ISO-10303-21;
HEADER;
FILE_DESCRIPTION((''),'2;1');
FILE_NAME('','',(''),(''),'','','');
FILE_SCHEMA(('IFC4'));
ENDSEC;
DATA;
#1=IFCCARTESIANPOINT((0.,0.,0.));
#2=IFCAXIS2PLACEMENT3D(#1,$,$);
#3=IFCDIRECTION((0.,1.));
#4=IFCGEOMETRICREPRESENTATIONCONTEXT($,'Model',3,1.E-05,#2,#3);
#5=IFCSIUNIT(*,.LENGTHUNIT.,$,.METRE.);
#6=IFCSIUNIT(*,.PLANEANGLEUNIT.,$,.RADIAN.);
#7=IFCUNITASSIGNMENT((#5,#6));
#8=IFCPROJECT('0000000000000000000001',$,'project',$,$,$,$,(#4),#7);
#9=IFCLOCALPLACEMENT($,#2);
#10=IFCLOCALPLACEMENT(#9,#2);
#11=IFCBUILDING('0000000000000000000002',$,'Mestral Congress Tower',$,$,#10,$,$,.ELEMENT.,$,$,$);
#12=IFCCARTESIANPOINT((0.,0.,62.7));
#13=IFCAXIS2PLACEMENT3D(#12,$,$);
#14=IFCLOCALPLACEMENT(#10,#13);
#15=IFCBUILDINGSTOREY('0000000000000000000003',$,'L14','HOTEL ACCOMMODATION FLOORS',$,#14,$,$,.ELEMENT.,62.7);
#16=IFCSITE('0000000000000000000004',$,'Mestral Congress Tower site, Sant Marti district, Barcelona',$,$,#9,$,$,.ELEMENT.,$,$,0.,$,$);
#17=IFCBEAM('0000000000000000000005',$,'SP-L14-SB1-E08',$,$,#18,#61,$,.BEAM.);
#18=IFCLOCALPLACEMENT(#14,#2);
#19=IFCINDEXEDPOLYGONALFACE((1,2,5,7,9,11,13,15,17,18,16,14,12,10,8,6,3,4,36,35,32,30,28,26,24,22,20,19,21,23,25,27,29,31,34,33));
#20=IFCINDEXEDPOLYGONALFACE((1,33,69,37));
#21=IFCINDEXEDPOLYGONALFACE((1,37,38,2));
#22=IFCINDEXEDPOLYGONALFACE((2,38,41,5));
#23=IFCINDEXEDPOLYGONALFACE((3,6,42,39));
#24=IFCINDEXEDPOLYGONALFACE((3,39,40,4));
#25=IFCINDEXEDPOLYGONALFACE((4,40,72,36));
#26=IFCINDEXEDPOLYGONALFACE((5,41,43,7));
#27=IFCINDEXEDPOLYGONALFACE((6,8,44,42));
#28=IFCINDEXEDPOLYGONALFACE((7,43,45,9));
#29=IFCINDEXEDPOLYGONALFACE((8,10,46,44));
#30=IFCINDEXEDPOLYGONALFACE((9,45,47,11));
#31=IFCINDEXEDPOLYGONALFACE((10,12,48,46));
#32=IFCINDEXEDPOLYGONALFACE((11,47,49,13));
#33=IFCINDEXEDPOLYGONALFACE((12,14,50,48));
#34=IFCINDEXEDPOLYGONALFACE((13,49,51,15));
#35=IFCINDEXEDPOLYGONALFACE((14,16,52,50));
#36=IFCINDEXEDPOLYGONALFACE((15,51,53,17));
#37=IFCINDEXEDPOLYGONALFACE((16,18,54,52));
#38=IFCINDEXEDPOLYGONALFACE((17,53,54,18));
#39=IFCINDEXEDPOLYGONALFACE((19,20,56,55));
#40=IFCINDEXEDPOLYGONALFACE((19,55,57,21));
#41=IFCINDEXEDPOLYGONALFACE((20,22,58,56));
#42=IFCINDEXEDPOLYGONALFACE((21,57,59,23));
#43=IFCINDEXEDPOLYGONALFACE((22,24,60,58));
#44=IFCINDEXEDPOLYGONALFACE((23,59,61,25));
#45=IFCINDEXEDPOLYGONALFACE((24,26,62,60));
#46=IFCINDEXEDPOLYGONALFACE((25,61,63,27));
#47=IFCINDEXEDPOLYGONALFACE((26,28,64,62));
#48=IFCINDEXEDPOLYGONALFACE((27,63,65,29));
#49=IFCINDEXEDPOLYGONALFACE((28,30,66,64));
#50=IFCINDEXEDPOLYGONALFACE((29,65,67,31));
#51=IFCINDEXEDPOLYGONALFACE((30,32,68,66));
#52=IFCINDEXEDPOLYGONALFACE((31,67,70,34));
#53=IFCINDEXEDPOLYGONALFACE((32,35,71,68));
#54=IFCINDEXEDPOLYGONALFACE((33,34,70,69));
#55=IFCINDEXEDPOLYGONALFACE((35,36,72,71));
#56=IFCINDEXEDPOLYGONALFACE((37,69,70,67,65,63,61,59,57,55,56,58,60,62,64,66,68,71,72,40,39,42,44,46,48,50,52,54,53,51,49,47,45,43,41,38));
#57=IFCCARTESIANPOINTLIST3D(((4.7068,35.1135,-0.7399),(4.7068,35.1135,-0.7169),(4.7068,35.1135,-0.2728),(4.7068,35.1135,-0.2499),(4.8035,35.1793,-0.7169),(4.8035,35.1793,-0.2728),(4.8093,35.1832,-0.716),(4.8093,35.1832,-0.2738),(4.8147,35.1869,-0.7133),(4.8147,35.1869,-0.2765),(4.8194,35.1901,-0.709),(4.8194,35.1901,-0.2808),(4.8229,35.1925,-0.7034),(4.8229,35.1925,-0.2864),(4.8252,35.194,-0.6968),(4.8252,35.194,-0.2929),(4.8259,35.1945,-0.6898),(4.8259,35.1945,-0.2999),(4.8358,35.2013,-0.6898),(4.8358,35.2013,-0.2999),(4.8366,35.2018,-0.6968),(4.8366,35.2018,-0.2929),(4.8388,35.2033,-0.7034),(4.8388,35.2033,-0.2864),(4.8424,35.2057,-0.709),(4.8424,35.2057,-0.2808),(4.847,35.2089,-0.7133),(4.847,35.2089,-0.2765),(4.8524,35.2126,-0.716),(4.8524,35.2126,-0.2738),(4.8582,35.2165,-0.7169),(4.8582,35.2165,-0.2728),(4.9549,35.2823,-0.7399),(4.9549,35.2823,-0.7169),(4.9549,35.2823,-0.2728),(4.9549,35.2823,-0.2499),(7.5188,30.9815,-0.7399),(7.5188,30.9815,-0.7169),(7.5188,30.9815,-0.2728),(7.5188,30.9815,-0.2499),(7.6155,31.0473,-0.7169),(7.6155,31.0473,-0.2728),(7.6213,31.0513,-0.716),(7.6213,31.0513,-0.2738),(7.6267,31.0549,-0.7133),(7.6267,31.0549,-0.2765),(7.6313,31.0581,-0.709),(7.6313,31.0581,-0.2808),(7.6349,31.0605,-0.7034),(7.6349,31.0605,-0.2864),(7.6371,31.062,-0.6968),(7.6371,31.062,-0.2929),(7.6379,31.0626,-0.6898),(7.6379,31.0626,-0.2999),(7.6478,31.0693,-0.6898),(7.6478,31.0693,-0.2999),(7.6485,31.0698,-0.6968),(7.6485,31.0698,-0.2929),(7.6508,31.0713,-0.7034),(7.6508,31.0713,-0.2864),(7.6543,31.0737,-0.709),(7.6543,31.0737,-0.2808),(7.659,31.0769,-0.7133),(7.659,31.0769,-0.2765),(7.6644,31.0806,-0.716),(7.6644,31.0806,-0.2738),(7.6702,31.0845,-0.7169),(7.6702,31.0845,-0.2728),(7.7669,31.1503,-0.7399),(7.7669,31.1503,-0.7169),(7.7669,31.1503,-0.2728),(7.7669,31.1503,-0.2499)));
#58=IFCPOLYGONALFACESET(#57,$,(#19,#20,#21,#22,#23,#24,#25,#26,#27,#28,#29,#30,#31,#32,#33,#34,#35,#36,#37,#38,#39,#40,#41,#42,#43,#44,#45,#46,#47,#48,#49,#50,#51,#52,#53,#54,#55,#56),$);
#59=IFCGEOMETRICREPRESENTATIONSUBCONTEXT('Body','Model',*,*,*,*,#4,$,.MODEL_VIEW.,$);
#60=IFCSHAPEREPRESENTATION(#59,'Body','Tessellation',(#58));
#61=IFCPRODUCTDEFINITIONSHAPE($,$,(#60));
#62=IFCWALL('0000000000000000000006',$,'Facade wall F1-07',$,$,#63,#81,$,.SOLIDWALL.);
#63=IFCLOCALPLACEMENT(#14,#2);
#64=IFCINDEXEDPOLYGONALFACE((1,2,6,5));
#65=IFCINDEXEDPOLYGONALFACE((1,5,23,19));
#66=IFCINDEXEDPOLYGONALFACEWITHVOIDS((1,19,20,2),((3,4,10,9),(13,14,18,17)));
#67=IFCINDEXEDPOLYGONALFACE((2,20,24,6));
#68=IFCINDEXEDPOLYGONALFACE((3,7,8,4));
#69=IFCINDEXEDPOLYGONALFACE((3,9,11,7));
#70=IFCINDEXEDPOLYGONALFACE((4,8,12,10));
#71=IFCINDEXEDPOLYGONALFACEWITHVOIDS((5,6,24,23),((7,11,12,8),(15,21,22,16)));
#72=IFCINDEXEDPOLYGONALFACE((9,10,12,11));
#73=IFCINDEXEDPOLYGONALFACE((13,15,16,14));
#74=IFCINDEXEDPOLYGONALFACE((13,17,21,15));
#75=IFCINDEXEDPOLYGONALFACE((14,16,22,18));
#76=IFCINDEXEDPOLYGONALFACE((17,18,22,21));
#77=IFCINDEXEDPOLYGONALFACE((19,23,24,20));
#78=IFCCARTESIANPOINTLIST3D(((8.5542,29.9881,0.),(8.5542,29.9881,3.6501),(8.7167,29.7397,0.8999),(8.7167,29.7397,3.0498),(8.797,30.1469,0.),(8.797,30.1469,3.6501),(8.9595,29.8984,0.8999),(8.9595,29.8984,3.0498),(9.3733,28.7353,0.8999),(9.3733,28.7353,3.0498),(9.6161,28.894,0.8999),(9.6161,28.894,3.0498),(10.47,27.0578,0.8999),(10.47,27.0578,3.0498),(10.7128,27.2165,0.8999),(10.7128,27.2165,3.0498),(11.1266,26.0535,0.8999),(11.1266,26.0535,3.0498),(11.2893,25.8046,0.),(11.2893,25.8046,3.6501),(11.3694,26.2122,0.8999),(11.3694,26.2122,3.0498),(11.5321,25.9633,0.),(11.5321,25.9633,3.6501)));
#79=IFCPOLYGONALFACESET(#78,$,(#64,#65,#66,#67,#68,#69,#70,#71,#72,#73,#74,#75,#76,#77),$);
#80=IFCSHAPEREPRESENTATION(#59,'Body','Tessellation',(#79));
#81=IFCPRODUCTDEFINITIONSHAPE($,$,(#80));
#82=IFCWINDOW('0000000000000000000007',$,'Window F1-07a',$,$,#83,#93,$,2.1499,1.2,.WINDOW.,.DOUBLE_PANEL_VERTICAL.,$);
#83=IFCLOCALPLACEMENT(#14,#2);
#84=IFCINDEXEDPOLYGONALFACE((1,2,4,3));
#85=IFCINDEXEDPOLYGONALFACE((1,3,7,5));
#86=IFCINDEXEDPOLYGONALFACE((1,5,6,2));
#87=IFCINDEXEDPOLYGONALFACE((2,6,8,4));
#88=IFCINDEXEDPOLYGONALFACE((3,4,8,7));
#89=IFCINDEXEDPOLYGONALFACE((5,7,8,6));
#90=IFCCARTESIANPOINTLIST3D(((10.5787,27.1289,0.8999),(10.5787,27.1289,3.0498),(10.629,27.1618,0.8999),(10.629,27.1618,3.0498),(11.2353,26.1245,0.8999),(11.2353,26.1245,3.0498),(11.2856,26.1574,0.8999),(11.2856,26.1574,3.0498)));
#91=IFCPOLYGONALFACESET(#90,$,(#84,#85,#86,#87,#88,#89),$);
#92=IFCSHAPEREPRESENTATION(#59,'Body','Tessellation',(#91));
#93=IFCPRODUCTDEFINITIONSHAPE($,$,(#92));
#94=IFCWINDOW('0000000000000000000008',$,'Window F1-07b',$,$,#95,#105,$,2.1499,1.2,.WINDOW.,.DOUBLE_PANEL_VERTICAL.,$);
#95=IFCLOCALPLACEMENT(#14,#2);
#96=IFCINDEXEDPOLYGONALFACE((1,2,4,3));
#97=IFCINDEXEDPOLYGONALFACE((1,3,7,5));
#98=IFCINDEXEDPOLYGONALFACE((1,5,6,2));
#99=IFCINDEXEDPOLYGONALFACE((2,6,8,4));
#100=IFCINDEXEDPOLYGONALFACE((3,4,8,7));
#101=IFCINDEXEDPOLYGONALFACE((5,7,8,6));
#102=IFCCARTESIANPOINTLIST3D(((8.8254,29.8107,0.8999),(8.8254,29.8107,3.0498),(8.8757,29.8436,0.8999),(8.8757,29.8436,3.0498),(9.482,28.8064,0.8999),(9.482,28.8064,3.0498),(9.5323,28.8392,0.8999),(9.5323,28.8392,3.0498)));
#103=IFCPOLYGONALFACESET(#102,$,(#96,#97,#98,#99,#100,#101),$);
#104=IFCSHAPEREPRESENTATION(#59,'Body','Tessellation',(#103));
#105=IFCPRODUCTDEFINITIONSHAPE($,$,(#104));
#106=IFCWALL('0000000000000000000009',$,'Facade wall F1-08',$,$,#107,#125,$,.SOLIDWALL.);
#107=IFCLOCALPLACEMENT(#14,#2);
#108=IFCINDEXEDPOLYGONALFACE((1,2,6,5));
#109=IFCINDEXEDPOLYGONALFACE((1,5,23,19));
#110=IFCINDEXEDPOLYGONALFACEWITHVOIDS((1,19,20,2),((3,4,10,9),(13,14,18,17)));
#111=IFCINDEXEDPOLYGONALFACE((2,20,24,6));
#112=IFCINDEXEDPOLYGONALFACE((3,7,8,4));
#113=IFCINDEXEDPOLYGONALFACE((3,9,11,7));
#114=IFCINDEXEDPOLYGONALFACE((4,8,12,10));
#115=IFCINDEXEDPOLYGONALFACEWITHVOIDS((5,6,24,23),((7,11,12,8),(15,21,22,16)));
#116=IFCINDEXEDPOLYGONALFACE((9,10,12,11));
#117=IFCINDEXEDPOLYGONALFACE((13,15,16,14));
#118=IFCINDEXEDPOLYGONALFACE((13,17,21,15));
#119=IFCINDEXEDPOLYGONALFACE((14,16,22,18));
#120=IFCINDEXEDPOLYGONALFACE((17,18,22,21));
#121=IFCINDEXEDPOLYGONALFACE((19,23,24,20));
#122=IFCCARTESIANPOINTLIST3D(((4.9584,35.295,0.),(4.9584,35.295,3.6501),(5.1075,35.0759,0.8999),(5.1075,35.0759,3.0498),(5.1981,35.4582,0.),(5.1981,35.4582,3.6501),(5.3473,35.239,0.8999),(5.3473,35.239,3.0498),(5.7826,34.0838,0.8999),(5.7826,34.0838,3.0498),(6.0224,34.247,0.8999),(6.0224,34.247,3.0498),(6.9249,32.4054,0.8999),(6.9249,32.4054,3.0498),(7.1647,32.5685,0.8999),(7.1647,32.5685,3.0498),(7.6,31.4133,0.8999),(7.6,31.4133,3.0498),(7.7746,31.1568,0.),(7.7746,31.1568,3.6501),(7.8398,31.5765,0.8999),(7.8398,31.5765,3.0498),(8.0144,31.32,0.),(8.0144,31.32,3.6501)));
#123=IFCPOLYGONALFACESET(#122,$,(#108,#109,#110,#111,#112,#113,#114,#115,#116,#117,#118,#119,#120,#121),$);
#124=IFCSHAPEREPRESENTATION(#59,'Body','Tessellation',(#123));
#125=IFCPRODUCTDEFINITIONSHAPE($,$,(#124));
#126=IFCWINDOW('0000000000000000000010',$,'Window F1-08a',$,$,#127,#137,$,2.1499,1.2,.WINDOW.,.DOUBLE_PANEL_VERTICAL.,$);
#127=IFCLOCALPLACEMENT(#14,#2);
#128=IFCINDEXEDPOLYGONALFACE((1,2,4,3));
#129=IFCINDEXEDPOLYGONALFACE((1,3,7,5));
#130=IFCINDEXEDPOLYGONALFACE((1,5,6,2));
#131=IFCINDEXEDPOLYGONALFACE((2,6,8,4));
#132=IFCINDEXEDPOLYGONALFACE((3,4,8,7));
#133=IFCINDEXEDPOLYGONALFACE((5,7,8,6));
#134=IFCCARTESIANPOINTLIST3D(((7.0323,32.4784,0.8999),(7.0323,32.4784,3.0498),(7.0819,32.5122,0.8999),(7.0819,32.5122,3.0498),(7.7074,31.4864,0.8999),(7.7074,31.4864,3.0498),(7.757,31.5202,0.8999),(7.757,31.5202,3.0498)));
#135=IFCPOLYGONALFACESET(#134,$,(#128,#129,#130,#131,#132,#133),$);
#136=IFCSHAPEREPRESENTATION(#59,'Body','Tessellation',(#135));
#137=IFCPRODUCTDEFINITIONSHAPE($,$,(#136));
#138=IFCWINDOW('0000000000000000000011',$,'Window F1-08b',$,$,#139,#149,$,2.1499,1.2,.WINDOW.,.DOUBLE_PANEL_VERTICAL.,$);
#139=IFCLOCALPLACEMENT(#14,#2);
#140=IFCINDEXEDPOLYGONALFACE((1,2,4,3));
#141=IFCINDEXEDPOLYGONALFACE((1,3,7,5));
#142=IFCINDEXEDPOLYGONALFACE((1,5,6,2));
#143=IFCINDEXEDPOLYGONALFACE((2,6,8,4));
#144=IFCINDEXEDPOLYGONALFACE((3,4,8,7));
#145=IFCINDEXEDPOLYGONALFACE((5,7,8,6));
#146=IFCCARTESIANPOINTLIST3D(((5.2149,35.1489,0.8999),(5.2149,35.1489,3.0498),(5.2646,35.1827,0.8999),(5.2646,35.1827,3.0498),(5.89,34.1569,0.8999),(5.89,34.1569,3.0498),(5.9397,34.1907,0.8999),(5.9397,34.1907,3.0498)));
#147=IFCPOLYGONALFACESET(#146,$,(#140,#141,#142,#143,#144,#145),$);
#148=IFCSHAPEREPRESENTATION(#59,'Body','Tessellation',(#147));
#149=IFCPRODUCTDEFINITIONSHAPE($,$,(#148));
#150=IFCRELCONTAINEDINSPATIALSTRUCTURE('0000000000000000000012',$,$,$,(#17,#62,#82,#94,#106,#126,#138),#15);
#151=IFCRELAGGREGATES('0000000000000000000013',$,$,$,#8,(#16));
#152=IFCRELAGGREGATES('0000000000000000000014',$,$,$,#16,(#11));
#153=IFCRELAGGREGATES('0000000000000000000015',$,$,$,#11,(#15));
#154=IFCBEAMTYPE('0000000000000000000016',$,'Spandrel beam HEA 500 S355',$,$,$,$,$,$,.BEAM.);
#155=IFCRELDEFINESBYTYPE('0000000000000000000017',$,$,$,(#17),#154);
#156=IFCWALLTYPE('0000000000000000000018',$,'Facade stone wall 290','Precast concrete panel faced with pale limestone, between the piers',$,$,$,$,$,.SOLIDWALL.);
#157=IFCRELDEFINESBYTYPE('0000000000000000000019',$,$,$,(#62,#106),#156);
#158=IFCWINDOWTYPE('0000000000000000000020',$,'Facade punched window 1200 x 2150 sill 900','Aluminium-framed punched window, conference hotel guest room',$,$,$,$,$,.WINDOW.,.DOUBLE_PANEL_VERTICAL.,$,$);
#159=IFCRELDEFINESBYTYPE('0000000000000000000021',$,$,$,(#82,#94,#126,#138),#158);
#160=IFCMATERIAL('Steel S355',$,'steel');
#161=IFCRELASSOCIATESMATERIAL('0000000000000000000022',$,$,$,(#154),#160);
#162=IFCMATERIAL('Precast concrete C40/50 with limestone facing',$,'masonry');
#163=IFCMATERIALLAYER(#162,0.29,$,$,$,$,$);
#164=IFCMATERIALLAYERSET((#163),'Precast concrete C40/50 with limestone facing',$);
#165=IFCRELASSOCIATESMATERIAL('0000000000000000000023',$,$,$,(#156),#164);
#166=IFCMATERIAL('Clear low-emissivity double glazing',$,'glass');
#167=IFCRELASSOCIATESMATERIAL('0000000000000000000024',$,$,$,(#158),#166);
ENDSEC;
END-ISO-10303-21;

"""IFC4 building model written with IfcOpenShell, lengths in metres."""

from ifc_helpers import new_model, si_unit, direction, frame, frame_2d, origin, origin_2d, place, context, subcontext, project, spatial, rectangle, i_section, extrude, material, layer, layer_set, material_profile, profile_set, type_object, element, fill, save


model = new_model("IFC4")

# Units and contexts
model_context = context("Model", 3, precision=1e-05, world=origin(), true_north=direction((0.0, 1.0)))
body_context = subcontext(model_context, "Body", "Model", "MODEL_VIEW")
ifc_project = project(units=[si_unit("LENGTHUNIT", "METRE"), si_unit("PLANEANGLEUNIT", "RADIAN")], contexts=[model_context])

# Site, building, storey
site_placement = place(None, origin())
site = spatial("IfcSite", under=ifc_project, at=site_placement, Name="Mestral Congress Tower site, Sant Marti district, Barcelona", CompositionType="ELEMENT", RefElevation=0.0)
building_placement = place(site_placement, origin())
building = spatial("IfcBuilding", under=site, at=building_placement, Name="Mestral Congress Tower", CompositionType="ELEMENT")
storey_placement = place(building_placement, frame((0.0, 0.0, 62.7)))
storey = spatial("IfcBuildingStorey", under=building, at=storey_placement, Name="L14", Description="HOTEL ACCOMMODATION FLOORS", CompositionType="ELEMENT", Elevation=62.7)

# Beam
ifc_material_1 = material(Name="Steel S355", Category="steel")
ifc_material_profile_1 = material_profile(ifc_material_1, i_section(OverallWidth=0.3, OverallDepth=0.49, WebThickness=0.012, FlangeThickness=0.0229, FilletRadius=0.0271, at=origin_2d()), Name="HEA 500")
ifc_profile_set_1 = profile_set([ifc_material_profile_1], Name="Steel S355")
beam_type_1 = type_object("IfcBeamType", Name="Spandrel beam HEA 500 S355", PredefinedType="BEAM", material=ifc_profile_set_1)
beam_1_placement = place(storey_placement, frame((7.6428, 31.0659, -0.4949), z_axis=(-0.562611, 0.826722, 0.0), x_axis=(-0.826722, -0.562611, 0.0)))
element("IfcBeam", 1, at=beam_1_placement, inside=storey, type_object=beam_type_1, Name="SP-L14-SB1-E08", PredefinedType="BEAM", context=body_context, shape_type="SweptSolid", body=[
    extrude(i_section(OverallWidth=0.3, OverallDepth=0.49, WebThickness=0.012, FlangeThickness=0.0229, FilletRadius=0.0271, at=origin_2d()), origin(), (0.0, 0.0, 1.0), 4.998),
])

# Walls, openings, windows
ifc_material_2 = material(Name="Precast concrete C40/50 with limestone facing", Category="masonry")
ifc_layer_1 = layer(ifc_material_2, 0.29)
ifc_layer_set_1 = layer_set([ifc_layer_1], Name="Precast concrete C40/50 with limestone facing")
wall_type_1 = type_object("IfcWallType", Name="Facade stone wall 290", Description="Precast concrete panel faced with pale limestone, between the piers", PredefinedType="SOLIDWALL", material=ifc_layer_set_1)
wall_1_placement = place(storey_placement, frame((11.4106, 25.884, 0.0), z_axis=(0.0, 0.0, 1.0), x_axis=(-0.547205, 0.836999, 0.0)))
wall_1 = element("IfcWall", 2, at=wall_1_placement, inside=storey, type_object=wall_type_1, Name="Facade wall F1-07", PredefinedType="SOLIDWALL", context=body_context, shape_type="SweptSolid", body=[
    extrude(rectangle(XDim=4.9983, YDim=0.29, at=frame_2d((2.499, 0.0))), origin(), (0.0, 0.0, 1.0), 3.6501),
])
opening_1_placement = place(wall_1_placement, frame((0.2971, 0.0, 0.8999)))
opening_1 = element("IfcOpeningElement", 3, at=opening_1_placement, cuts=wall_1, PredefinedType="OPENING", context=body_context, shape_type="SweptSolid", body=[
    extrude(rectangle(XDim=1.2, YDim=2.1499, at=frame_2d((0.6001, 1.075))), frame((0.0, 0.155, 0.0), z_axis=(0.0, -1.0, 0.0), x_axis=(1.0, 0.0, 0.0)), (0.0, 0.0, 1.0), 0.3101),
])
opening_2_placement = place(wall_1_placement, frame((3.5012, 0.0, 0.8999)))
opening_2 = element("IfcOpeningElement", 4, at=opening_2_placement, cuts=wall_1, PredefinedType="OPENING", context=body_context, shape_type="SweptSolid", body=[
    extrude(rectangle(XDim=1.2, YDim=2.1499, at=frame_2d((0.6001, 1.075))), frame((0.0, 0.155, 0.0), z_axis=(0.0, -1.0, 0.0), x_axis=(1.0, 0.0, 0.0)), (0.0, 0.0, 1.0), 0.3101),
])
ifc_material_3 = material(Name="Clear low-emissivity double glazing", Category="glass")
window_type = type_object("IfcWindowType", Name="Facade punched window 1200 x 2150 sill 900", Description="Aluminium-framed punched window, conference hotel guest room", PartitioningType="DOUBLE_PANEL_VERTICAL", PredefinedType="WINDOW", material=ifc_material_3)
window_1_placement = place(opening_1_placement, origin())
window_1 = element("IfcWindow", 5, at=window_1_placement, inside=storey, type_object=window_type, Name="Window F1-07a", OverallHeight=2.1499, OverallWidth=1.2, PartitioningType="DOUBLE_PANEL_VERTICAL", PredefinedType="WINDOW", context=body_context, shape_type="SweptSolid", body=[
    extrude(rectangle(XDim=1.2, YDim=2.1499, at=frame_2d((0.6001, 1.075))), frame((0.0, 0.0151, 0.0), z_axis=(0.0, -1.0, 0.0), x_axis=(1.0, 0.0, 0.0)), (0.0, 0.0, 1.0), 0.0601),
])
fill(opening_1, window_1)
window_2_placement = place(opening_2_placement, origin())
window_2 = element("IfcWindow", 6, at=window_2_placement, inside=storey, type_object=window_type, Name="Window F1-07b", OverallHeight=2.1499, OverallWidth=1.2, PartitioningType="DOUBLE_PANEL_VERTICAL", PredefinedType="WINDOW", context=body_context, shape_type="SweptSolid", body=[
    extrude(rectangle(XDim=1.2, YDim=2.1499, at=frame_2d((0.6001, 1.075))), frame((0.0, 0.0151, 0.0), z_axis=(0.0, -1.0, 0.0), x_axis=(1.0, 0.0, 0.0)), (0.0, 0.0, 1.0), 0.0601),
])
fill(opening_2, window_2)
wall_2_placement = place(storey_placement, frame((7.8945, 31.2383, 0.0), z_axis=(0.0, 0.0, 1.0), x_axis=(-0.56261, 0.826722, 0.0)))
wall_2 = element("IfcWall", 7, at=wall_2_placement, inside=storey, type_object=wall_type_1, Name="Facade wall F1-08", PredefinedType="SOLIDWALL", context=body_context, shape_type="SweptSolid", body=[
    extrude(rectangle(XDim=5.0056, YDim=0.29, at=frame_2d((2.5029, 0.0))), origin(), (0.0, 0.0, 1.0), 3.6501),
])
opening_3_placement = place(wall_2_placement, frame((0.3103, 0.0, 0.8999)))
opening_3 = element("IfcOpeningElement", 8, at=opening_3_placement, cuts=wall_2, PredefinedType="OPENING", context=body_context, shape_type="SweptSolid", body=[
    extrude(rectangle(XDim=1.2, YDim=2.1499, at=frame_2d((0.6001, 1.075))), frame((0.0, 0.155, 0.0), z_axis=(0.0, -1.0, 0.0), x_axis=(1.0, 0.0, 0.0)), (0.0, 0.0, 1.0), 0.3101),
])
opening_4_placement = place(wall_2_placement, frame((3.5405, 0.0, 0.8999)))
opening_4 = element("IfcOpeningElement", 9, at=opening_4_placement, cuts=wall_2, PredefinedType="OPENING", context=body_context, shape_type="SweptSolid", body=[
    extrude(rectangle(XDim=1.2, YDim=2.1499, at=frame_2d((0.6001, 1.075))), frame((0.0, 0.155, 0.0), z_axis=(0.0, -1.0, 0.0), x_axis=(1.0, 0.0, 0.0)), (0.0, 0.0, 1.0), 0.3101),
])
window_3_placement = place(opening_3_placement, origin())
window_3 = element("IfcWindow", 10, at=window_3_placement, inside=storey, type_object=window_type, Name="Window F1-08a", OverallHeight=2.1499, OverallWidth=1.2, PartitioningType="DOUBLE_PANEL_VERTICAL", PredefinedType="WINDOW", context=body_context, shape_type="SweptSolid", body=[
    extrude(rectangle(XDim=1.2, YDim=2.1499, at=frame_2d((0.6001, 1.075))), frame((0.0, 0.0151, 0.0), z_axis=(0.0, -1.0, 0.0), x_axis=(1.0, 0.0, 0.0)), (0.0, 0.0, 1.0), 0.0601),
])
fill(opening_3, window_3)
window_4_placement = place(opening_4_placement, origin())
window_4 = element("IfcWindow", 11, at=window_4_placement, inside=storey, type_object=window_type, Name="Window F1-08b", OverallHeight=2.1499, OverallWidth=1.2, PartitioningType="DOUBLE_PANEL_VERTICAL", PredefinedType="WINDOW", context=body_context, shape_type="SweptSolid", body=[
    extrude(rectangle(XDim=1.2, YDim=2.1499, at=frame_2d((0.6001, 1.075))), frame((0.0, 0.0151, 0.0), z_axis=(0.0, -1.0, 0.0), x_axis=(1.0, 0.0, 0.0)), (0.0, 0.0, 1.0), 0.0601),
])
fill(opening_4, window_4)

save(model, "model.ifc")
